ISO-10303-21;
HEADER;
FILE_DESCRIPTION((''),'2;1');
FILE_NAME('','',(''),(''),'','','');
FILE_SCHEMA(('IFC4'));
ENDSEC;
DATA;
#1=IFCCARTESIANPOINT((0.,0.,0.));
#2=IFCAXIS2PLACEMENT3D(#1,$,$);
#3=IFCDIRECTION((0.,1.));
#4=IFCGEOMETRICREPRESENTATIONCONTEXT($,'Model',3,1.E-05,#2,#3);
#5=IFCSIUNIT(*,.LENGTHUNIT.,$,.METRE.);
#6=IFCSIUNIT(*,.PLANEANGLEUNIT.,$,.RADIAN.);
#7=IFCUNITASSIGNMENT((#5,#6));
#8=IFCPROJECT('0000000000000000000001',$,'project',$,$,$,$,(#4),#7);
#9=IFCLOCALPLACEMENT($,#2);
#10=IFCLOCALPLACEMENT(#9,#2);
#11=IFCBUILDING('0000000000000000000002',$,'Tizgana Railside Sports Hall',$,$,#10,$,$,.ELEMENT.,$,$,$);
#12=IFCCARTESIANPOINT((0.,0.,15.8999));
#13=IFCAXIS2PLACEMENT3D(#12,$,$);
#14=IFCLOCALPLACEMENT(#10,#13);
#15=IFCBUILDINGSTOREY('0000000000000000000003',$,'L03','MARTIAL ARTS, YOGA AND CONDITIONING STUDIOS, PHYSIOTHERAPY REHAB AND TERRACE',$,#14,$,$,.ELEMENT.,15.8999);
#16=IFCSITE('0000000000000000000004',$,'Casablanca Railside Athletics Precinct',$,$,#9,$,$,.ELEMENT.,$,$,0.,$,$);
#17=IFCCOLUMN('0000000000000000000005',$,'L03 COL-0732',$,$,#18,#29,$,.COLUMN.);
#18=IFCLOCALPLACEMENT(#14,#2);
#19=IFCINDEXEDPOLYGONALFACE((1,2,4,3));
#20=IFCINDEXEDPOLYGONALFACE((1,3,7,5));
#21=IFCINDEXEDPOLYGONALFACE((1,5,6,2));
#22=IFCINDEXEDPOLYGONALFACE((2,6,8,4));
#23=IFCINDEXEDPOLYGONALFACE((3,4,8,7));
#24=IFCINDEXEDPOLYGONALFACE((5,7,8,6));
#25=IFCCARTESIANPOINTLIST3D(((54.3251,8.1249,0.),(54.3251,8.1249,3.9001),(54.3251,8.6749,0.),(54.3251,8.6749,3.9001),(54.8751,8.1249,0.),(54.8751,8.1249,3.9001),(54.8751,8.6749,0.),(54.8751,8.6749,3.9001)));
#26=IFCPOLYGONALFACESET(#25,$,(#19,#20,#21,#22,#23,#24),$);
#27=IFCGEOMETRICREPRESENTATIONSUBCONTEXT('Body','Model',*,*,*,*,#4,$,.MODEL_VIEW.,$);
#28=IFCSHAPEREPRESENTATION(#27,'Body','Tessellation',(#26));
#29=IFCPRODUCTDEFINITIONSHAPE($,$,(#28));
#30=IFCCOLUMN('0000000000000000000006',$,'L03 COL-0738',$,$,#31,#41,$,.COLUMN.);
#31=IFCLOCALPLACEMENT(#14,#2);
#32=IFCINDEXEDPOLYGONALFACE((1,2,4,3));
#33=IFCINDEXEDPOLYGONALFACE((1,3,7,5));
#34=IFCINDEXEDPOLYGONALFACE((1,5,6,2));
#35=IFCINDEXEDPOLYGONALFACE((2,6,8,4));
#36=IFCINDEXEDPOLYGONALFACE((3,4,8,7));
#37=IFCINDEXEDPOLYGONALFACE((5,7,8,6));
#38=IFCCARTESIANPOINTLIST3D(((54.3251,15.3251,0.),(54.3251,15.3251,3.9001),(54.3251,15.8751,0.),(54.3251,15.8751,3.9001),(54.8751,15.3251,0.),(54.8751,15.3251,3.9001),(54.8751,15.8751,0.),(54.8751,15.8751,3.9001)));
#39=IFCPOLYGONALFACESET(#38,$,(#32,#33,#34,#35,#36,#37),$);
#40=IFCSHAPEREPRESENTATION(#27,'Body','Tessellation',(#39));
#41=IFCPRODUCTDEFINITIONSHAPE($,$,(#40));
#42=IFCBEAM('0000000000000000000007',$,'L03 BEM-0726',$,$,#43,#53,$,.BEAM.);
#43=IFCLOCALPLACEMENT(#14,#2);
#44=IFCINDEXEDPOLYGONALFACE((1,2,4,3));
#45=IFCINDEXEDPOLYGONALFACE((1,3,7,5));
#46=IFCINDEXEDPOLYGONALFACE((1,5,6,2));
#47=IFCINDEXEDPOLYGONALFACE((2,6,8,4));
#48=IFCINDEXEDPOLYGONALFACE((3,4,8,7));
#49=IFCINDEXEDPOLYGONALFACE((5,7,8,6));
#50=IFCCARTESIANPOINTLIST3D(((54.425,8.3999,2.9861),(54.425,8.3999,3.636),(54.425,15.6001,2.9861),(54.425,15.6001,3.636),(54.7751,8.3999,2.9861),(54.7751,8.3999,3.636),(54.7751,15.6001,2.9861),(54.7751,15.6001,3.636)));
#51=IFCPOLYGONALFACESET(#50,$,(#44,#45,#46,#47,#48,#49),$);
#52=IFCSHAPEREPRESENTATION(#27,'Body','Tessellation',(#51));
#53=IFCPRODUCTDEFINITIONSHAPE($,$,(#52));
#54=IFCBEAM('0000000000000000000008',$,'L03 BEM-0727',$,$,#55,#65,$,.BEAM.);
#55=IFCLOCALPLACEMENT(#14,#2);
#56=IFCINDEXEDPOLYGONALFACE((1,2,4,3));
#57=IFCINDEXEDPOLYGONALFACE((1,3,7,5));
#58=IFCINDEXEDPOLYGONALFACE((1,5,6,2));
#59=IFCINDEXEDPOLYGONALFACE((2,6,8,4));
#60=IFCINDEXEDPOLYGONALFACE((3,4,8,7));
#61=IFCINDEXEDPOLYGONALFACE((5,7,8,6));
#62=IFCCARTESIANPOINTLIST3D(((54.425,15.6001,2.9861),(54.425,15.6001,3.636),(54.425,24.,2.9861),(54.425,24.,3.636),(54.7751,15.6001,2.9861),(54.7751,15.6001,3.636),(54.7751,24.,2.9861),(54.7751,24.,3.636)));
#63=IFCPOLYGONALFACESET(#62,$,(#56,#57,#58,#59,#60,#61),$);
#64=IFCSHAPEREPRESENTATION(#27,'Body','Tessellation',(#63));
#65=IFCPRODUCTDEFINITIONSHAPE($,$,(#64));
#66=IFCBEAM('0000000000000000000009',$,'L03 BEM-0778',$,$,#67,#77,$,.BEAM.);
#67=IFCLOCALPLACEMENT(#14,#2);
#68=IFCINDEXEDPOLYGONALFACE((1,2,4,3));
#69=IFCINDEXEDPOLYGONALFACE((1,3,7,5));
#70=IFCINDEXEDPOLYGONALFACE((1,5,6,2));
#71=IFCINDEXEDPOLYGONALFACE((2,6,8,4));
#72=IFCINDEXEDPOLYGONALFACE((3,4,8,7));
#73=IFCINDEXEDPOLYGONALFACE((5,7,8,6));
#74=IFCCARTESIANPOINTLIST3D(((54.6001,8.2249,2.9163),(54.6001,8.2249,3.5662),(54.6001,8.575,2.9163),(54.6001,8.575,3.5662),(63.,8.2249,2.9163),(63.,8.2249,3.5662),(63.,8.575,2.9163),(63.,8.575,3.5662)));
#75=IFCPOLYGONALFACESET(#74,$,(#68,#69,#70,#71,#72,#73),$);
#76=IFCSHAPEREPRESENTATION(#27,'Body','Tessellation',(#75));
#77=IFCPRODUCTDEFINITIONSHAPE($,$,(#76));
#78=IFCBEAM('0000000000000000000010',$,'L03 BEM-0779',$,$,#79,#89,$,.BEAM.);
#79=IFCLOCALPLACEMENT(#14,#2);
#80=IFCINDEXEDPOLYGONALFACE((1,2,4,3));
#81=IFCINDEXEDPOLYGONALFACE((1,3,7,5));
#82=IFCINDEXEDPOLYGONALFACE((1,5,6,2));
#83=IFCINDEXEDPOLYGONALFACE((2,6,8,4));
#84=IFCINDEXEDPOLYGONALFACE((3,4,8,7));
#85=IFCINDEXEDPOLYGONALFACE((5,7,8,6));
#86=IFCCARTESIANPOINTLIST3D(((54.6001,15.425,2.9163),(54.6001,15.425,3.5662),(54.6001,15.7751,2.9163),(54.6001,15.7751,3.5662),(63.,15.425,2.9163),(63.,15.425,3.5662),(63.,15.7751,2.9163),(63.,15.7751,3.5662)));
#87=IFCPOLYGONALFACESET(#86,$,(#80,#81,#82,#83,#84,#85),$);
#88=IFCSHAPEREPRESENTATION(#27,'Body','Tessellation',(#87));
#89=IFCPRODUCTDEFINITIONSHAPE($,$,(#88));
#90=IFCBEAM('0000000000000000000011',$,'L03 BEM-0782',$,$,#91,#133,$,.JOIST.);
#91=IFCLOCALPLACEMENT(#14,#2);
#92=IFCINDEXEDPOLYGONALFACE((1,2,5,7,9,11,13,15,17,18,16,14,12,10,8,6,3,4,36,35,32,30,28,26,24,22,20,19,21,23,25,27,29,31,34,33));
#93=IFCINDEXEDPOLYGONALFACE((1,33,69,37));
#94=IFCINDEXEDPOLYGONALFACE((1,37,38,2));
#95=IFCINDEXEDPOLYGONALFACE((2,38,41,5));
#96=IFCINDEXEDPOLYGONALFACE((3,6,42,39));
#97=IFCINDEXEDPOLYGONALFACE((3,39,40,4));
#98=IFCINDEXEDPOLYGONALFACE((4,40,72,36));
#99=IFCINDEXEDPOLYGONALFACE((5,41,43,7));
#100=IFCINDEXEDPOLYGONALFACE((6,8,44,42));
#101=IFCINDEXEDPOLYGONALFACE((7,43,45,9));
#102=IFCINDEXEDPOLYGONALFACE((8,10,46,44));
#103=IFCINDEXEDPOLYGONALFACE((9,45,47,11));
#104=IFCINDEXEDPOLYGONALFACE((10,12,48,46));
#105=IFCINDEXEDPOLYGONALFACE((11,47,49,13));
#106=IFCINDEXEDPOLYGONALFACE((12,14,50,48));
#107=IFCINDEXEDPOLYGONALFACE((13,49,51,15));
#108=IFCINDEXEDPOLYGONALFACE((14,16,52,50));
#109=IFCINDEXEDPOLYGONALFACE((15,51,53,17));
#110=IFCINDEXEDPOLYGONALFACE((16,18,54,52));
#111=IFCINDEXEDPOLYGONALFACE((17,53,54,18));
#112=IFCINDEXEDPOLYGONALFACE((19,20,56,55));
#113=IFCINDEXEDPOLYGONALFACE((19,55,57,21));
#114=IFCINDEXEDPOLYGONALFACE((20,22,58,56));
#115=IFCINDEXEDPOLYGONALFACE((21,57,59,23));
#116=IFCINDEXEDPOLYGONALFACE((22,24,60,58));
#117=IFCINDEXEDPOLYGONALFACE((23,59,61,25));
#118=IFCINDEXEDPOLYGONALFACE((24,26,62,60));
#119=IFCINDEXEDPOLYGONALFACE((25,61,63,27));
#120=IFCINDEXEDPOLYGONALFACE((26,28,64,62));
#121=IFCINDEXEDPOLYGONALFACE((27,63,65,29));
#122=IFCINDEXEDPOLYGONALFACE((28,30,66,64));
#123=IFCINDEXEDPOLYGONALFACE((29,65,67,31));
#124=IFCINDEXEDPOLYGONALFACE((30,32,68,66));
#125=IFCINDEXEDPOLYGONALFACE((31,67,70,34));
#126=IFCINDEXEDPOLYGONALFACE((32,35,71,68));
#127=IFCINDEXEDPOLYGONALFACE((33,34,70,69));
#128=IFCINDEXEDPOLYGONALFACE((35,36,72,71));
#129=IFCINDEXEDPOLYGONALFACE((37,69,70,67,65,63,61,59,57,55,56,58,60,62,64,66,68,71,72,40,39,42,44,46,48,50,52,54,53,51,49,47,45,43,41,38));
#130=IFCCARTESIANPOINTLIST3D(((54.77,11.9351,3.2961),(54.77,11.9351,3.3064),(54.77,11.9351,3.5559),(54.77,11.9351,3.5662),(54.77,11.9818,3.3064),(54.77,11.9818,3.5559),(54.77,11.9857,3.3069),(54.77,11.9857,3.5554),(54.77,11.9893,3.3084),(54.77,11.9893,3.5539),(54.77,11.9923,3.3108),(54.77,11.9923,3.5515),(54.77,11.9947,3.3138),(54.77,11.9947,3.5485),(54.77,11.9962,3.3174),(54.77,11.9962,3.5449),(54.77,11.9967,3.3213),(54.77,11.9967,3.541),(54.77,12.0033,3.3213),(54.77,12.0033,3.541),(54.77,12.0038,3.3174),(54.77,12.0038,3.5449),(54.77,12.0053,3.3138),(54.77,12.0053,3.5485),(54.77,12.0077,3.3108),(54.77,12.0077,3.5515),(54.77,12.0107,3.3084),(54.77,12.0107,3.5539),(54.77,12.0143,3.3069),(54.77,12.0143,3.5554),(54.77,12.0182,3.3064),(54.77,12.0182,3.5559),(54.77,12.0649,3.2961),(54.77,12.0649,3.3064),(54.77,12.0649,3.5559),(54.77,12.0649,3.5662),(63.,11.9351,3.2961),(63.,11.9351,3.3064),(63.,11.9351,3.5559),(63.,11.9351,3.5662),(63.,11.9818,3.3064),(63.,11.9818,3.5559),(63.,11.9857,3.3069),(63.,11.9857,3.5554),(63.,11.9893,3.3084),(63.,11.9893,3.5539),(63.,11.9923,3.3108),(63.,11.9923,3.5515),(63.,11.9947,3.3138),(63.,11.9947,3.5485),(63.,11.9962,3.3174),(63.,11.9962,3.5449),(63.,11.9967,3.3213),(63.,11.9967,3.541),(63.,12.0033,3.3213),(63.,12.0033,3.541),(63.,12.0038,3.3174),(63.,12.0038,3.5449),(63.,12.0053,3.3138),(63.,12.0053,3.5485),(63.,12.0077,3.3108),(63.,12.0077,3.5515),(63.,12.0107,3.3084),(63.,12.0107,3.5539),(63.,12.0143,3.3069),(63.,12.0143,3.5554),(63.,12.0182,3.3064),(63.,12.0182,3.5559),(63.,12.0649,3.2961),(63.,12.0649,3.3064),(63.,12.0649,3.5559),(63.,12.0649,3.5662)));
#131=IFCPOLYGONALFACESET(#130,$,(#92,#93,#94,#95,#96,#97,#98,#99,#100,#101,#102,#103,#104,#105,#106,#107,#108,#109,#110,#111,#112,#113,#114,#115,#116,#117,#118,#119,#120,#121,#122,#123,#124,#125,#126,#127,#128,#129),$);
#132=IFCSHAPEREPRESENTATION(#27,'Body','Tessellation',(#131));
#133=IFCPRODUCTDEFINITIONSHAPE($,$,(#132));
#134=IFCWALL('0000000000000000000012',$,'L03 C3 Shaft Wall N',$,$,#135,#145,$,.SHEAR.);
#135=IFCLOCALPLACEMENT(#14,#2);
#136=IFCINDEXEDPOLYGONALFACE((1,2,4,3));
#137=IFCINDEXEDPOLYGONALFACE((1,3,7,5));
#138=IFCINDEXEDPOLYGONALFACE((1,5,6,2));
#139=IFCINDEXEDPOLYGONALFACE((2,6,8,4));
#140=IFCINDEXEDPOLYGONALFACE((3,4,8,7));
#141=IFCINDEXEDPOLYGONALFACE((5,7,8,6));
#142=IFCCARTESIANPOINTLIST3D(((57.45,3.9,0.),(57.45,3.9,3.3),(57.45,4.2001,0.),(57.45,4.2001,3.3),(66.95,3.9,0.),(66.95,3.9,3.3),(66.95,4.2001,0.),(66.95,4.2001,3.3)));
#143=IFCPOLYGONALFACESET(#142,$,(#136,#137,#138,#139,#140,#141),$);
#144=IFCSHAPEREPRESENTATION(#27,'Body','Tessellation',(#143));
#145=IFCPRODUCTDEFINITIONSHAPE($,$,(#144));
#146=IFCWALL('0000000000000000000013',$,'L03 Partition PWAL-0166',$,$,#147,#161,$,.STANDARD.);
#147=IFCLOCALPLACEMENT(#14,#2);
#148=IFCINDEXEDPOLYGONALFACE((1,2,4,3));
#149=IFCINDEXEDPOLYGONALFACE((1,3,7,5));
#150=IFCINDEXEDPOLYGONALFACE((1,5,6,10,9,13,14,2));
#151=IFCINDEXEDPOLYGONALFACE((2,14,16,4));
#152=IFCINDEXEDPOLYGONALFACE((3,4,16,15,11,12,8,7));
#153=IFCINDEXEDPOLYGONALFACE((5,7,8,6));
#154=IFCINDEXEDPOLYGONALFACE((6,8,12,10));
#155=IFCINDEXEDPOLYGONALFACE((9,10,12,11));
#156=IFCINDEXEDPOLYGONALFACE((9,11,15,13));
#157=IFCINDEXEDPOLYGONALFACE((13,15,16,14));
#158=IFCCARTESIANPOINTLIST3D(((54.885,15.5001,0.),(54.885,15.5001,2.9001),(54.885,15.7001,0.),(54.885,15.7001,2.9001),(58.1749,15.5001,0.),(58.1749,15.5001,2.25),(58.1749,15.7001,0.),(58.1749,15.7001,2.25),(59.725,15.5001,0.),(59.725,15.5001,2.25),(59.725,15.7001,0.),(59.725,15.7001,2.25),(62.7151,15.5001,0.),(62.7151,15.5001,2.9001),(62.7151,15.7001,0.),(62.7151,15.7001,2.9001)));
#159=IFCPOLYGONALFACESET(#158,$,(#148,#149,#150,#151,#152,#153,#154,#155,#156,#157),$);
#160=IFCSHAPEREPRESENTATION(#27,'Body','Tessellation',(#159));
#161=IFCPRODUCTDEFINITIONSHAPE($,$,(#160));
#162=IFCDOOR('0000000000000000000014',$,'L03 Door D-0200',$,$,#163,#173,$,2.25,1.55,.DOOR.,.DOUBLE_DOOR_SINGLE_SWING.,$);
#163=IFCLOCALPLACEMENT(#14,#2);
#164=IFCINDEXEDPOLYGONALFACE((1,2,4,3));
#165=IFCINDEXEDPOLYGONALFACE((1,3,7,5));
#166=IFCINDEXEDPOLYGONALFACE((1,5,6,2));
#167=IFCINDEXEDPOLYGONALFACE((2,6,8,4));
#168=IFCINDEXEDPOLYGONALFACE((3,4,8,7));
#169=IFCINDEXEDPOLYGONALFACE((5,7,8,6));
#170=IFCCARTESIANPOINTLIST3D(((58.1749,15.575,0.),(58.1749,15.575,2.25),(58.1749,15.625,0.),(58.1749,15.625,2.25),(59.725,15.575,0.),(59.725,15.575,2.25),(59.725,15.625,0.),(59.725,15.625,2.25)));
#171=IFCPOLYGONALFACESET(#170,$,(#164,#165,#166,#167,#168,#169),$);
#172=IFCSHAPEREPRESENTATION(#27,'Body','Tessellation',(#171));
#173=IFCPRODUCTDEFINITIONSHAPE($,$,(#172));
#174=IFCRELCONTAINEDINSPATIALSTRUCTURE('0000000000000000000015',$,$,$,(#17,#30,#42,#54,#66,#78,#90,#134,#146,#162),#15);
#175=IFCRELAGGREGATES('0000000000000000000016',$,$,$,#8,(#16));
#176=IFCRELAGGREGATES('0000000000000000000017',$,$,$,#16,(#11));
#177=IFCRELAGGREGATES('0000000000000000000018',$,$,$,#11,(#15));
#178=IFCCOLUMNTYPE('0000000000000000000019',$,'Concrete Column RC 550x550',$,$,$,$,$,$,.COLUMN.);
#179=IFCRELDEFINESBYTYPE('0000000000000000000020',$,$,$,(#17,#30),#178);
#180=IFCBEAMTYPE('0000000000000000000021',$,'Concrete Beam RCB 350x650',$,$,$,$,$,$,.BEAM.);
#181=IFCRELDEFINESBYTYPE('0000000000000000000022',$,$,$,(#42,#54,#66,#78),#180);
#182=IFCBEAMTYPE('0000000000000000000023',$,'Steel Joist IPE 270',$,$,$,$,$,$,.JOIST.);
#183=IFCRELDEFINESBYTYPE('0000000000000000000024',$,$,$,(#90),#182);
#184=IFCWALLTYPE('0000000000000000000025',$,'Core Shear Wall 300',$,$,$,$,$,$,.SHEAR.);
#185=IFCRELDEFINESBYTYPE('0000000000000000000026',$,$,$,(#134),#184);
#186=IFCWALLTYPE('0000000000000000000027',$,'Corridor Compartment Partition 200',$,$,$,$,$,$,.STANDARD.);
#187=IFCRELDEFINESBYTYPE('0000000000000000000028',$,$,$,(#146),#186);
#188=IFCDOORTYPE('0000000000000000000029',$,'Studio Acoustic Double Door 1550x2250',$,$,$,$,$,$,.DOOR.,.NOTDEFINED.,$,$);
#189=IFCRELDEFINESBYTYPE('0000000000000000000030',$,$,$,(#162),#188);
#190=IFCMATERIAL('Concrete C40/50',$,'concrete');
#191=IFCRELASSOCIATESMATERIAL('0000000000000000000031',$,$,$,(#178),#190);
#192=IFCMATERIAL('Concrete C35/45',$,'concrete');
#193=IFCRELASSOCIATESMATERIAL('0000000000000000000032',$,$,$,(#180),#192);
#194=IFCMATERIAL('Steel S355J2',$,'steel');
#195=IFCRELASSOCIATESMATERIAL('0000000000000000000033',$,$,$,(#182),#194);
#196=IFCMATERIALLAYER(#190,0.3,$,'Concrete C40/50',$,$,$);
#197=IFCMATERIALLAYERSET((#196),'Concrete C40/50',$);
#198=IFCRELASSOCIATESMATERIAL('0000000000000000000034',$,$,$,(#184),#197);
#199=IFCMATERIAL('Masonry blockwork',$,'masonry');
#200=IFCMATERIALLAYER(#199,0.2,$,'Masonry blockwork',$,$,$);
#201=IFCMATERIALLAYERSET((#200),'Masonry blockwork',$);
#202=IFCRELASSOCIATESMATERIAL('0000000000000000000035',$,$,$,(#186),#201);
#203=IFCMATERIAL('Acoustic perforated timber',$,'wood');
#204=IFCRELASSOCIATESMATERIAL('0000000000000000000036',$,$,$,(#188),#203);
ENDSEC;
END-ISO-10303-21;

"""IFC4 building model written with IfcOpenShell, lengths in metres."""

from ifc_helpers import new_model, si_unit, direction, frame, frame_2d, origin, origin_2d, place, context, subcontext, project, spatial, rectangle, i_section, extrude, material, layer, layer_set, material_profile, profile_set, type_object, element, fill, save


model = new_model("IFC4")

# Units and contexts
model_context = context("Model", 3, precision=1e-05, world=origin(), true_north=direction((0.0, 1.0)))
body_context = subcontext(model_context, "Body", "Model", "MODEL_VIEW")
ifc_project = project(units=[si_unit("LENGTHUNIT", "METRE"), si_unit("PLANEANGLEUNIT", "RADIAN")], contexts=[model_context])

# Site, building, storey
site_placement = place(None, origin())
site = spatial("IfcSite", under=ifc_project, at=site_placement, Name="Casablanca Railside Athletics Precinct", CompositionType="ELEMENT", RefElevation=0.0)
building_placement = place(site_placement, origin())
building = spatial("IfcBuilding", under=site, at=building_placement, Name="Tizgana Railside Sports Hall", CompositionType="ELEMENT")
storey_placement = place(building_placement, frame((0.0, 0.0, 15.8999)))
storey = spatial("IfcBuildingStorey", under=building, at=storey_placement, Name="L03", Description="MARTIAL ARTS, YOGA AND CONDITIONING STUDIOS, PHYSIOTHERAPY REHAB AND TERRACE", CompositionType="ELEMENT", Elevation=15.8999)

# Columns
ifc_material_1 = material(Name="Concrete C40/50", Category="concrete")
ifc_material_profile_1 = material_profile(ifc_material_1, rectangle(XDim=0.55, YDim=0.55, at=origin_2d()), Name="RC 550x550")
ifc_profile_set_1 = profile_set([ifc_material_profile_1], Name="Concrete C40/50")
column_type = type_object("IfcColumnType", Name="Concrete Column RC 550x550", PredefinedType="COLUMN", material=ifc_profile_set_1)
for number, where, z_axis, x_axis, name in (
    (1, (54.6001, 8.3999, 0.0), (0.0, 0.0, 1.0), (1.0, 0.0, 0.0), "L03 COL-0732"),
    (2, (54.6001, 15.6001, 0.0), (0.0, 0.0, 1.0), (1.0, 0.0, 0.0), "L03 COL-0738"),
):
    element("IfcColumn", number, at=place(storey_placement, frame(where, z_axis=z_axis, x_axis=x_axis)), inside=storey, type_object=column_type, Name=name, PredefinedType="COLUMN", context=body_context, shape_type="SweptSolid", body=[
        extrude(rectangle(XDim=0.55, YDim=0.55, at=origin_2d()), origin(), (0.0, 0.0, 1.0), 3.9001),
    ])

# Beams
ifc_material_2 = material(Name="Concrete C35/45", Category="concrete")
ifc_material_profile_2 = material_profile(ifc_material_2, rectangle(XDim=0.3501, YDim=0.6499, at=origin_2d()), Name="RCB 350x650")
ifc_profile_set_2 = profile_set([ifc_material_profile_2], Name="Concrete C35/45")
beam_type_1 = type_object("IfcBeamType", Name="Concrete Beam RCB 350x650", PredefinedType="BEAM", material=ifc_profile_set_2)
beam_1_placement = place(storey_placement, frame((54.6001, 8.3999, 3.311), z_axis=(0.0, 1.0, 0.0), x_axis=(-1.0, 0.0, 0.0)))
element("IfcBeam", 3, at=beam_1_placement, inside=storey, type_object=beam_type_1, Name="L03 BEM-0726", PredefinedType="BEAM", context=body_context, shape_type="SweptSolid", body=[
    extrude(rectangle(XDim=0.3501, YDim=0.6499, at=origin_2d()), origin(), (0.0, 0.0, 1.0), 7.2002),
])
for number, where, z_axis, x_axis, name in (
    (4, (54.6001, 15.6001, 3.311), (0.0, 1.0, 0.0), (-1.0, 0.0, 0.0), "L03 BEM-0727"),
    (5, (54.6001, 8.3999, 3.2412), (1.0, 0.0, 0.0), (0.0, 1.0, 0.0), "L03 BEM-0778"),
    (6, (54.6001, 15.6001, 3.2412), (1.0, 0.0, 0.0), (0.0, 1.0, 0.0), "L03 BEM-0779"),
):
    element("IfcBeam", number, at=place(storey_placement, frame(where, z_axis=z_axis, x_axis=x_axis)), inside=storey, type_object=beam_type_1, Name=name, PredefinedType="BEAM", context=body_context, shape_type="SweptSolid", body=[
        extrude(rectangle(XDim=0.3501, YDim=0.6499, at=origin_2d()), origin(), (0.0, 0.0, 1.0), 8.3999),
    ])
ifc_material_3 = material(Name="Steel S355J2", Category="steel")
ifc_material_profile_3 = material_profile(ifc_material_3, i_section(OverallWidth=0.1299, OverallDepth=0.27, WebThickness=0.0066, FlangeThickness=0.0103, FilletRadius=0.0149, at=origin_2d()), Name="IPE 270")
ifc_profile_set_3 = profile_set([ifc_material_profile_3], Name="Steel S355J2")
beam_type_2 = type_object("IfcBeamType", Name="Steel Joist IPE 270", PredefinedType="JOIST", material=ifc_profile_set_3)
beam_2_placement = place(storey_placement, frame((54.77, 12.0, 3.4312), z_axis=(1.0, 0.0, 0.0), x_axis=(0.0, 1.0, 0.0)))
element("IfcBeam", 7, at=beam_2_placement, inside=storey, type_object=beam_type_2, Name="L03 BEM-0782", PredefinedType="JOIST", context=body_context, shape_type="SweptSolid", body=[
    extrude(i_section(OverallWidth=0.1299, OverallDepth=0.27, WebThickness=0.0066, FlangeThickness=0.0103, FilletRadius=0.0149, at=origin_2d()), origin(), (0.0, 0.0, 1.0), 8.23),
])

# Wall
ifc_layer_1 = layer(ifc_material_1, 0.3, Name="Concrete C40/50")
ifc_layer_set_1 = layer_set([ifc_layer_1], Name="Concrete C40/50")
wall_type_1 = type_object("IfcWallType", Name="Core Shear Wall 300", PredefinedType="SHEAR", material=ifc_layer_set_1)
wall_1_placement = place(storey_placement, frame((57.45, 4.05, 0.0), z_axis=(0.0, 0.0, 1.0), x_axis=(1.0, 0.0, 0.0)))
element("IfcWall", 8, at=wall_1_placement, inside=storey, type_object=wall_type_1, Name="L03 C3 Shaft Wall N", PredefinedType="SHEAR", context=body_context, shape_type="SweptSolid", body=[
    extrude(rectangle(XDim=9.5, YDim=0.3, at=frame_2d((4.75, 0.0))), origin(), (0.0, 0.0, 1.0), 3.3),
])

# Wall, opening, door
ifc_material_4 = material(Name="Masonry blockwork", Category="masonry")
ifc_layer_2 = layer(ifc_material_4, 0.2, Name="Masonry blockwork")
ifc_layer_set_2 = layer_set([ifc_layer_2], Name="Masonry blockwork")
wall_type_2 = type_object("IfcWallType", Name="Corridor Compartment Partition 200", PredefinedType="STANDARD", material=ifc_layer_set_2)
wall_2_placement = place(storey_placement, frame((54.885, 15.6001, 0.0), z_axis=(0.0, 0.0, 1.0), x_axis=(1.0, 0.0, 0.0)))
wall_2 = element("IfcWall", 9, at=wall_2_placement, inside=storey, type_object=wall_type_2, Name="L03 Partition PWAL-0166", PredefinedType="STANDARD", context=body_context, shape_type="SweptSolid", body=[
    extrude(rectangle(XDim=7.8301, YDim=0.2, at=frame_2d((3.915, 0.0))), origin(), (0.0, 0.0, 1.0), 2.9001),
])
opening_1_placement = place(wall_2_placement, frame((3.29, 0.0, 0.0)))
opening_1 = element("IfcOpeningElement", 10, at=opening_1_placement, cuts=wall_2, PredefinedType="OPENING", context=body_context, shape_type="SweptSolid", body=[
    extrude(rectangle(XDim=1.55, YDim=2.25, at=frame_2d((0.7749, 1.125))), frame((0.0, 0.1099, 0.0), z_axis=(0.0, -1.0, 0.0), x_axis=(1.0, 0.0, 0.0)), (0.0, 0.0, 1.0), 0.22),
])
ifc_material_5 = material(Name="Acoustic perforated timber", Category="wood")
door_type_1 = type_object("IfcDoorType", Name="Studio Acoustic Double Door 1550x2250", OperationType="NOTDEFINED", PredefinedType="DOOR", material=ifc_material_5)
door_1_placement = place(opening_1_placement, origin())
door_1 = element("IfcDoor", 11, at=door_1_placement, inside=storey, type_object=door_type_1, Name="L03 Door D-0200", OperationType="DOUBLE_DOOR_SINGLE_SWING", OverallHeight=2.25, OverallWidth=1.55, PredefinedType="DOOR", context=body_context, shape_type="SweptSolid", body=[
    extrude(rectangle(XDim=1.55, YDim=2.25, at=frame_2d((0.7749, 1.125))), frame((0.0, 0.0249, 0.0), z_axis=(0.0, -1.0, 0.0), x_axis=(1.0, 0.0, 0.0)), (0.0, 0.0, 1.0), 0.05),
])
fill(opening_1, door_1)

save(model, "model.ifc")
